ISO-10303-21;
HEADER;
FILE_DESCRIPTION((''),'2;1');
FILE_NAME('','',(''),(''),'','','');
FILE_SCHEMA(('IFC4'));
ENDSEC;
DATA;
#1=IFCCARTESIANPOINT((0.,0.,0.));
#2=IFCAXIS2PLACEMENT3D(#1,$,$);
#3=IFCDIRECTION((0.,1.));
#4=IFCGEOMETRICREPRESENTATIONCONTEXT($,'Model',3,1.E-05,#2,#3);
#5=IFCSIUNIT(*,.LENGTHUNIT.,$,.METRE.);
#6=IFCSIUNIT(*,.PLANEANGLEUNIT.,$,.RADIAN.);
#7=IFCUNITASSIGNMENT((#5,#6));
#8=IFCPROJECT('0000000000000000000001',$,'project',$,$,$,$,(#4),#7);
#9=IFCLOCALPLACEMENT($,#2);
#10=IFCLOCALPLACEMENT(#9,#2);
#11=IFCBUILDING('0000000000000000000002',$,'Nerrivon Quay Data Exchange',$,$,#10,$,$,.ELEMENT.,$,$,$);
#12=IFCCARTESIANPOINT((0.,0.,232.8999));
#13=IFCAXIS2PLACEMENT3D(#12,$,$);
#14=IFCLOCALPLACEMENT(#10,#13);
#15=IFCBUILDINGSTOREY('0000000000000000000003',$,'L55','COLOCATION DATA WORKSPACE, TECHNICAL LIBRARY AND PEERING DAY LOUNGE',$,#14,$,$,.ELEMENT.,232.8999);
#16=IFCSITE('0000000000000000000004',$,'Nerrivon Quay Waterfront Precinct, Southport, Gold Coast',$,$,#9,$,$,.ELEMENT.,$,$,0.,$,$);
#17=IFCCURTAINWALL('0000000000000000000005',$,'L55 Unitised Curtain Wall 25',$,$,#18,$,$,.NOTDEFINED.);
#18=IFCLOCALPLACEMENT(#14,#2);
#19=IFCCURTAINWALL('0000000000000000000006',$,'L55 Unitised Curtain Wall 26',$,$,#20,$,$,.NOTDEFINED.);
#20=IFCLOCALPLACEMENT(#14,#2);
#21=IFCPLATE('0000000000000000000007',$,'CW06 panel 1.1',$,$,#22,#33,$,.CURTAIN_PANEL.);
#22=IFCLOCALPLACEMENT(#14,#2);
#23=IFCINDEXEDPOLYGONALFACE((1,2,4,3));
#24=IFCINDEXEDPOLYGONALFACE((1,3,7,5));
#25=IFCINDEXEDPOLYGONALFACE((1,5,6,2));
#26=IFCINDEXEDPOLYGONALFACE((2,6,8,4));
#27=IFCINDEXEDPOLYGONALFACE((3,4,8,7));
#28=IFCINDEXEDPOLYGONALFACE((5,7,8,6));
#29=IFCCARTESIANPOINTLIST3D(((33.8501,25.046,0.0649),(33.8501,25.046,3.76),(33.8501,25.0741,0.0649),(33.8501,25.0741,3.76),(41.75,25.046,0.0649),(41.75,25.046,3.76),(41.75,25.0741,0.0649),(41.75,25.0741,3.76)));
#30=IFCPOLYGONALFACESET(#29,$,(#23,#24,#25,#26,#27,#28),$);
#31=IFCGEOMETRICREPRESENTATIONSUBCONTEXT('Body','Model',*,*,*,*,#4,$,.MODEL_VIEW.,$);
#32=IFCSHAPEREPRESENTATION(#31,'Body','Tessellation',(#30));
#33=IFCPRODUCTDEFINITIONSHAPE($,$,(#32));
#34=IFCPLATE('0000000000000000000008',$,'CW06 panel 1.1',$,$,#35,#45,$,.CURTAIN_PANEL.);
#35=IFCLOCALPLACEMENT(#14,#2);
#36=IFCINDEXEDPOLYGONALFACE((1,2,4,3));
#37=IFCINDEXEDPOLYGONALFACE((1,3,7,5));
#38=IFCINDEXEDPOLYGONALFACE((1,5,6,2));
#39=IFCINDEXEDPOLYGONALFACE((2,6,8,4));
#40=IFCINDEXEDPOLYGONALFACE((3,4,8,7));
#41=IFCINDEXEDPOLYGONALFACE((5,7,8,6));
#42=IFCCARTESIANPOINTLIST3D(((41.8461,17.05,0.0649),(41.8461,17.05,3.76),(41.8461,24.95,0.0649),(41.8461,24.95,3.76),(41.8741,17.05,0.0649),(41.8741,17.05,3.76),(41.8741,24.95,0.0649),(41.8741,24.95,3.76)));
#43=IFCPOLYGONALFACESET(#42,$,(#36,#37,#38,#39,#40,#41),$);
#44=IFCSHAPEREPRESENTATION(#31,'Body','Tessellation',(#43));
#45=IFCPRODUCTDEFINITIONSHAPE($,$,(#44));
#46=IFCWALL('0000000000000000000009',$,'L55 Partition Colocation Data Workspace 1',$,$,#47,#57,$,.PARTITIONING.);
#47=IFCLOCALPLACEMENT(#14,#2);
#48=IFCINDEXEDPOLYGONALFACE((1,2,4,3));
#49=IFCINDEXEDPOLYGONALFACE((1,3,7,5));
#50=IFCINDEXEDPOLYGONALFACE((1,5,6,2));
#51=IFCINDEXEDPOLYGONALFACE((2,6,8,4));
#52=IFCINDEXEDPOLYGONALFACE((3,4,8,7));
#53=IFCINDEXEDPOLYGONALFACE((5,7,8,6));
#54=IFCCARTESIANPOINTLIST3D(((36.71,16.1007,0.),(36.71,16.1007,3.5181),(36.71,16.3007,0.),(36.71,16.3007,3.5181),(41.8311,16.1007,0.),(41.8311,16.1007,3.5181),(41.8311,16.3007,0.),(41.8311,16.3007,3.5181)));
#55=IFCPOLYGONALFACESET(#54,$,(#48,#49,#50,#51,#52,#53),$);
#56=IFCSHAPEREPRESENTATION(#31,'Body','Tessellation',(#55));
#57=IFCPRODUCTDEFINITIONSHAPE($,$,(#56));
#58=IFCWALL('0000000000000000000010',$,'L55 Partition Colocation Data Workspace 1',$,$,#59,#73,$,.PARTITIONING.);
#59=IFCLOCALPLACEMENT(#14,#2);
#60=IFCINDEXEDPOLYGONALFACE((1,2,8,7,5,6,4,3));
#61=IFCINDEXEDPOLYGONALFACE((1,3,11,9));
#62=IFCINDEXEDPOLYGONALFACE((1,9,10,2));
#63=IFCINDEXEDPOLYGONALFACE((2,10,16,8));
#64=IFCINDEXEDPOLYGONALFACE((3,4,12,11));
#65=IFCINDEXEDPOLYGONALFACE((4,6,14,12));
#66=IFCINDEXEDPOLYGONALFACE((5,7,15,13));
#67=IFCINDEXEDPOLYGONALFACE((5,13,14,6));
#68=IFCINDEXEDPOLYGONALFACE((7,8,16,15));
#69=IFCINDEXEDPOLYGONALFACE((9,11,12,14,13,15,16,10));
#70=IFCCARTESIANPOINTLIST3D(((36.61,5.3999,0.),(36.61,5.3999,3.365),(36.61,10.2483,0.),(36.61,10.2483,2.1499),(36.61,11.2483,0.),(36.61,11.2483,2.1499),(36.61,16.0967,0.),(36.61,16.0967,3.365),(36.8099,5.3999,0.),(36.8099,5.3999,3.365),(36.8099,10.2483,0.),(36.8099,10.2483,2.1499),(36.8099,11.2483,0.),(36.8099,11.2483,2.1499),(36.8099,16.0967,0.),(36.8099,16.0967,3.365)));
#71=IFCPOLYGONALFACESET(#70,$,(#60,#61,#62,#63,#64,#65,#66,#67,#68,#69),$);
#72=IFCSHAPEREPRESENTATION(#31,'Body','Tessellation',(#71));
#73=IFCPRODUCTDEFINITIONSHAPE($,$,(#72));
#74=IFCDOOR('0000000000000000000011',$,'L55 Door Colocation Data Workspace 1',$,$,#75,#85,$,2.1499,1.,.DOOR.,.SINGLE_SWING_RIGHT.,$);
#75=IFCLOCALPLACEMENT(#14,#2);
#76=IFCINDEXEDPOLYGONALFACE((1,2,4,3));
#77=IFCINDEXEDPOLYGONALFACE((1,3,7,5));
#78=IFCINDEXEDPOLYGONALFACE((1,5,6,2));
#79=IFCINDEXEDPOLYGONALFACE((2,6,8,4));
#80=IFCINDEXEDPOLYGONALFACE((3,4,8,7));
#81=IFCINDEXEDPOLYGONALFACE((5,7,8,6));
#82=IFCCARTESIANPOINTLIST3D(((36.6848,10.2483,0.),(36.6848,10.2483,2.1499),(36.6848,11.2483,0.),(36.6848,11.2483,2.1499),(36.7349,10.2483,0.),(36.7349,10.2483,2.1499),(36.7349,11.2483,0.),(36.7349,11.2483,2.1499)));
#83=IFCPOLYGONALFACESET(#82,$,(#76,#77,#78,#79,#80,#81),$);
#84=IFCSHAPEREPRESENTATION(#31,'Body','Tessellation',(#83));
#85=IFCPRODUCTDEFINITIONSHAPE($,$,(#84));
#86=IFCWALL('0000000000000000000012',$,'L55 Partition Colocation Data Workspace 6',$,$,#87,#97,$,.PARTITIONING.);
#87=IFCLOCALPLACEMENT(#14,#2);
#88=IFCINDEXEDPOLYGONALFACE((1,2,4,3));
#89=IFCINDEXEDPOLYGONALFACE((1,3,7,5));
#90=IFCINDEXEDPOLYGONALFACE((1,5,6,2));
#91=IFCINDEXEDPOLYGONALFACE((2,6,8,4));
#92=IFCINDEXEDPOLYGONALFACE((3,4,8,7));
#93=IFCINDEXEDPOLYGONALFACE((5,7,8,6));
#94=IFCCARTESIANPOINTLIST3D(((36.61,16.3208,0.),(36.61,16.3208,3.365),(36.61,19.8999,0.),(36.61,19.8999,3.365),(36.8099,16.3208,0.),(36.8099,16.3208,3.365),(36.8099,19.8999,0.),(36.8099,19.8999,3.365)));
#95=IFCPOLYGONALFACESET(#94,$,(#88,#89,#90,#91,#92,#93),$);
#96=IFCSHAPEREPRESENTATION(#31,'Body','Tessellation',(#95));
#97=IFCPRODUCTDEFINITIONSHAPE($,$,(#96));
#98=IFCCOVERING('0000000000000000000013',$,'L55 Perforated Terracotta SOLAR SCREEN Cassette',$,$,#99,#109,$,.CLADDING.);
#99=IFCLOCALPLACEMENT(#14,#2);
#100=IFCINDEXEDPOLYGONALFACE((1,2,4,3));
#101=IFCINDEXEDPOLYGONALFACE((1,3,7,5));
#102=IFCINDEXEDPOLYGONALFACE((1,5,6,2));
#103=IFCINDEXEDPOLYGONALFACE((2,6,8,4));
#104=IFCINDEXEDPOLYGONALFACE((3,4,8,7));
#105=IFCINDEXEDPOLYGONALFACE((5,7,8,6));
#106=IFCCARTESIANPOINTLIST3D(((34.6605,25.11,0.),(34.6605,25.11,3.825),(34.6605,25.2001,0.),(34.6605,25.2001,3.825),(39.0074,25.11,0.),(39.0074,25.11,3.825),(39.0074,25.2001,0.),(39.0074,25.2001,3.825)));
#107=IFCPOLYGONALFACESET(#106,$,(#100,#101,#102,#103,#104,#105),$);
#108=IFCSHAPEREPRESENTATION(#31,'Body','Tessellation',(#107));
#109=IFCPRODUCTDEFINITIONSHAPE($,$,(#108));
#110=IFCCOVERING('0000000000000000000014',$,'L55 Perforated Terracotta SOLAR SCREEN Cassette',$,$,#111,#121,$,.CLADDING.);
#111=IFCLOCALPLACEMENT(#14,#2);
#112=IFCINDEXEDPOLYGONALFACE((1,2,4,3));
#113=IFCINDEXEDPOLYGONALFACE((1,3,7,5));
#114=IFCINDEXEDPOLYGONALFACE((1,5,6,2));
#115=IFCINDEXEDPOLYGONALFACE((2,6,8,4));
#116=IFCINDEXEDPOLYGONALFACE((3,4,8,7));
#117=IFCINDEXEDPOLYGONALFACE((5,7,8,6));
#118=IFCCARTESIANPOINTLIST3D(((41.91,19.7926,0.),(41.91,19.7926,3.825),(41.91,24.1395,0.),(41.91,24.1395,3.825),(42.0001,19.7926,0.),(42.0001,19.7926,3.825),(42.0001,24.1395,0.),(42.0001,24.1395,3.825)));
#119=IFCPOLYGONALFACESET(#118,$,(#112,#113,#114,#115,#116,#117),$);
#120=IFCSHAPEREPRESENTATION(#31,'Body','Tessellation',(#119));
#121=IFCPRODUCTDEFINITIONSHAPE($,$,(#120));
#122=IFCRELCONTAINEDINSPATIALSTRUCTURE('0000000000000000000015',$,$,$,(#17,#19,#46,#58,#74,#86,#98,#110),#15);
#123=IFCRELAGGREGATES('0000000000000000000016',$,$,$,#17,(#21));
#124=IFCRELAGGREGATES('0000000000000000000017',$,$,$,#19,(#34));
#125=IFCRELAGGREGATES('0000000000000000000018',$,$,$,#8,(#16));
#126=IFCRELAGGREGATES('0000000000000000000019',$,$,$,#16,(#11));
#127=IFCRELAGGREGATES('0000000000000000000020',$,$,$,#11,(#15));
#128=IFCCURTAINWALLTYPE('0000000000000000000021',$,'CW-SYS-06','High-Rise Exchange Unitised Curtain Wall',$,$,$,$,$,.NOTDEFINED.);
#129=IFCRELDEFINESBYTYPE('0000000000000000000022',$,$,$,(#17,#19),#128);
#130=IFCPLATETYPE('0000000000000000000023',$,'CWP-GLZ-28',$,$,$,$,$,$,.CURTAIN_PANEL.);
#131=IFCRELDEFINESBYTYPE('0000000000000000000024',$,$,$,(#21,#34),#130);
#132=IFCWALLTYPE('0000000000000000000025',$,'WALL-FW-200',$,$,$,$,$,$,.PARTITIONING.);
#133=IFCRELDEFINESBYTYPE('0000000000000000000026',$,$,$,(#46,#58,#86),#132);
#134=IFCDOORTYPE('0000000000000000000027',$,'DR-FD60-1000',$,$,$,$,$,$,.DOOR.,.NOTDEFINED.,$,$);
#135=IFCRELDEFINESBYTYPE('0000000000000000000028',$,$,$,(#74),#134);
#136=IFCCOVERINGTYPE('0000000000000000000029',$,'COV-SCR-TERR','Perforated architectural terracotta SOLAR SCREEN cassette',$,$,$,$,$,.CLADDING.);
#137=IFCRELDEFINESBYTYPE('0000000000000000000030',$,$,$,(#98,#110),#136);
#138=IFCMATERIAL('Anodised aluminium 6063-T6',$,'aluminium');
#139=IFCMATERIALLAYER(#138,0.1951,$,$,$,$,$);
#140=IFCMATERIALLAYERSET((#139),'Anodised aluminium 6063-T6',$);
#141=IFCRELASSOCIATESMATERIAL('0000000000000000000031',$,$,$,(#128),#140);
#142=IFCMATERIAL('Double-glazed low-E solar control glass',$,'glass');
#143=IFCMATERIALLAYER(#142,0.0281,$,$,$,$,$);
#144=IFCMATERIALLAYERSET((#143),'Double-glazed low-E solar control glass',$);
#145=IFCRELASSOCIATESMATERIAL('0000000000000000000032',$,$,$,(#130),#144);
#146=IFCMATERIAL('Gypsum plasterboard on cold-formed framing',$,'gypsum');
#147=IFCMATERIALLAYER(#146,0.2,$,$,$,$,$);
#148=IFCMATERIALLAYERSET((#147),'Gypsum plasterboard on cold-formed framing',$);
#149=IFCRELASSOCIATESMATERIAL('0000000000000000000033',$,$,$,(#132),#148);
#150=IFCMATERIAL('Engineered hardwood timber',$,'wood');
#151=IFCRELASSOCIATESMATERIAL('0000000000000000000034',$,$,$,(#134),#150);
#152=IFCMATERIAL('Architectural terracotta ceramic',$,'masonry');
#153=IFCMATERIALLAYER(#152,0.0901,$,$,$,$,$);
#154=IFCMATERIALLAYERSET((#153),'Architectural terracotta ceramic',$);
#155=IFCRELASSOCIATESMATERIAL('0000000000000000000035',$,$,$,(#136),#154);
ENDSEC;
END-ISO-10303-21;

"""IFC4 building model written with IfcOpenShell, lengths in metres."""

from ifc_helpers import new_model, si_unit, direction, frame, frame_2d, origin, origin_2d, place, context, subcontext, project, spatial, rectangle, extrude, material, layer, layer_set, type_object, element, fill, aggregate, save


model = new_model("IFC4")

# Units and contexts
model_context = context("Model", 3, precision=1e-05, world=origin(), true_north=direction((0.0, 1.0)))
body_context = subcontext(model_context, "Body", "Model", "MODEL_VIEW")
ifc_project = project(units=[si_unit("LENGTHUNIT", "METRE"), si_unit("PLANEANGLEUNIT", "RADIAN")], contexts=[model_context])

# Site, building, storey
site_placement = place(None, origin())
site = spatial("IfcSite", under=ifc_project, at=site_placement, Name="Nerrivon Quay Waterfront Precinct, Southport, Gold Coast", CompositionType="ELEMENT", RefElevation=0.0)
building_placement = place(site_placement, origin())
building = spatial("IfcBuilding", under=site, at=building_placement, Name="Nerrivon Quay Data Exchange", CompositionType="ELEMENT")
storey_placement = place(building_placement, frame((0.0, 0.0, 232.8999)))
storey = spatial("IfcBuildingStorey", under=building, at=storey_placement, Name="L55", Description="COLOCATION DATA WORKSPACE, TECHNICAL LIBRARY AND PEERING DAY LOUNGE", CompositionType="ELEMENT", Elevation=232.8999)

# Curtain walls
ifc_material_1 = material(Name="Anodised aluminium 6063-T6", Category="aluminium")
ifc_layer_1 = layer(ifc_material_1, 0.1951)
ifc_layer_set_1 = layer_set([ifc_layer_1], Name="Anodised aluminium 6063-T6")
curtain_wall_type = type_object("IfcCurtainWallType", Name="CW-SYS-06", Description="High-Rise Exchange Unitised Curtain Wall", PredefinedType="NOTDEFINED", material=ifc_layer_set_1)
curtain_wall_1_placement = place(storey_placement, origin())
curtain_wall_1 = element("IfcCurtainWall", 1, at=curtain_wall_1_placement, inside=storey, type_object=curtain_wall_type, Name="L55 Unitised Curtain Wall 25", PredefinedType="NOTDEFINED")
curtain_wall_2_placement = place(storey_placement, origin())
curtain_wall_2 = element("IfcCurtainWall", 2, at=curtain_wall_2_placement, inside=storey, type_object=curtain_wall_type, Name="L55 Unitised Curtain Wall 26", PredefinedType="NOTDEFINED")

# Plates
ifc_material_2 = material(Name="Double-glazed low-E solar control glass", Category="glass")
ifc_layer_2 = layer(ifc_material_2, 0.0281)
ifc_layer_set_2 = layer_set([ifc_layer_2], Name="Double-glazed low-E solar control glass")
plate_type = type_object("IfcPlateType", Name="CWP-GLZ-28", PredefinedType="CURTAIN_PANEL", material=ifc_layer_set_2)
plate_1_placement = place(storey_placement, frame((37.8, 25.0601, 0.0649), z_axis=(0.0, 0.0, 1.0), x_axis=(1.0, 0.0, 0.0)))
plate_1 = element("IfcPlate", 3, at=plate_1_placement, type_object=plate_type, Name="CW06 panel 1.1", PredefinedType="CURTAIN_PANEL", context=body_context, shape_type="SweptSolid", body=[
    extrude(rectangle(XDim=7.8999, YDim=0.0281, at=origin_2d()), origin(), (0.0, 0.0, 1.0), 3.6951),
])
aggregate(curtain_wall_1, [plate_1])
plate_2_placement = place(storey_placement, frame((41.8601, 21.0, 0.0649), z_axis=(0.0, 0.0, 1.0), x_axis=(0.0, -1.0, 0.0)))
plate_2 = element("IfcPlate", 4, at=plate_2_placement, type_object=plate_type, Name="CW06 panel 1.1", PredefinedType="CURTAIN_PANEL", context=body_context, shape_type="SweptSolid", body=[
    extrude(rectangle(XDim=7.8999, YDim=0.0281, at=origin_2d()), origin(), (0.0, 0.0, 1.0), 3.6951),
])
aggregate(curtain_wall_2, [plate_2])

# Wall
ifc_material_3 = material(Name="Gypsum plasterboard on cold-formed framing", Category="gypsum")
ifc_layer_3 = layer(ifc_material_3, 0.2)
ifc_layer_set_3 = layer_set([ifc_layer_3], Name="Gypsum plasterboard on cold-formed framing")
wall_type = type_object("IfcWallType", Name="WALL-FW-200", PredefinedType="PARTITIONING", material=ifc_layer_set_3)
wall_1_placement = place(storey_placement, frame((41.8311, 16.2007, 0.0), z_axis=(0.0, 0.0, 1.0), x_axis=(-1.0, 0.0, 0.0)))
element("IfcWall", 5, at=wall_1_placement, inside=storey, type_object=wall_type, Name="L55 Partition Colocation Data Workspace 1", PredefinedType="PARTITIONING", context=body_context, shape_type="SweptSolid", body=[
    extrude(rectangle(XDim=5.1211, YDim=0.2, at=frame_2d((2.5605, 0.0))), origin(), (0.0, 0.0, 1.0), 3.5181),
])

# Wall, opening, door
wall_2_placement = place(storey_placement, frame((36.71, 16.0967, 0.0), z_axis=(0.0, 0.0, 1.0), x_axis=(0.0, -1.0, 0.0)))
wall_2 = element("IfcWall", 6, at=wall_2_placement, inside=storey, type_object=wall_type, Name="L55 Partition Colocation Data Workspace 1", PredefinedType="PARTITIONING", context=body_context, shape_type="SweptSolid", body=[
    extrude(rectangle(XDim=10.6968, YDim=0.2, at=frame_2d((5.3484, 0.0))), origin(), (0.0, 0.0, 1.0), 3.365),
])
opening_placement = place(wall_2_placement, frame((4.8484, 0.0, 0.0)))
opening = element("IfcOpeningElement", 7, at=opening_placement, cuts=wall_2, PredefinedType="OPENING", context=body_context, shape_type="SweptSolid", body=[
    extrude(rectangle(XDim=1.0, YDim=2.1499, at=frame_2d((0.5, 1.075))), frame((0.0, 0.1099, 0.0), z_axis=(0.0, -1.0, 0.0), x_axis=(1.0, 0.0, 0.0)), (0.0, 0.0, 1.0), 0.22),
])
ifc_material_4 = material(Name="Engineered hardwood timber", Category="wood")
door_type = type_object("IfcDoorType", Name="DR-FD60-1000", OperationType="NOTDEFINED", PredefinedType="DOOR", material=ifc_material_4)
door_placement = place(opening_placement, origin())
door = element("IfcDoor", 8, at=door_placement, inside=storey, type_object=door_type, Name="L55 Door Colocation Data Workspace 1", OperationType="SINGLE_SWING_RIGHT", OverallHeight=2.1499, OverallWidth=1.0, PredefinedType="DOOR", context=body_context, shape_type="SweptSolid", body=[
    extrude(rectangle(XDim=1.0, YDim=2.1499, at=frame_2d((0.5, 1.075))), frame((0.0, 0.0249, 0.0), z_axis=(0.0, -1.0, 0.0), x_axis=(1.0, 0.0, 0.0)), (0.0, 0.0, 1.0), 0.05),
])
fill(opening, door)

# Wall
wall_3_placement = place(storey_placement, frame((36.71, 19.8999, 0.0), z_axis=(0.0, 0.0, 1.0), x_axis=(0.0, -1.0, 0.0)))
element("IfcWall", 9, at=wall_3_placement, inside=storey, type_object=wall_type, Name="L55 Partition Colocation Data Workspace 6", PredefinedType="PARTITIONING", context=body_context, shape_type="SweptSolid", body=[
    extrude(rectangle(XDim=3.5791, YDim=0.2, at=frame_2d((1.7896, 0.0))), origin(), (0.0, 0.0, 1.0), 3.365),
])

# Coverings
ifc_material_5 = material(Name="Architectural terracotta ceramic", Category="masonry")
ifc_layer_4 = layer(ifc_material_5, 0.0901)
ifc_layer_set_4 = layer_set([ifc_layer_4], Name="Architectural terracotta ceramic")
covering_type = type_object("IfcCoveringType", Name="COV-SCR-TERR", Description="Perforated architectural terracotta SOLAR SCREEN cassette", PredefinedType="CLADDING", material=ifc_layer_set_4)
for number, where, z_axis, x_axis, name in (
    (10, (36.834, 25.155, 0.0), (0.0, 0.0, 1.0), (1.0, 0.0, 0.0), "L55 Perforated Terracotta SOLAR SCREEN Cassette"),
    (11, (41.9551, 21.9661, 0.0), (0.0, 0.0, 1.0), (0.0, -1.0, 0.0), "L55 Perforated Terracotta SOLAR SCREEN Cassette"),
):
    element("IfcCovering", number, at=place(storey_placement, frame(where, z_axis=z_axis, x_axis=x_axis)), inside=storey, type_object=covering_type, Name=name, PredefinedType="CLADDING", context=body_context, shape_type="SweptSolid", body=[
        extrude(rectangle(XDim=4.3469, YDim=0.0901, at=origin_2d()), origin(), (0.0, 0.0, 1.0), 3.825),
    ])

save(model, "model.ifc")
